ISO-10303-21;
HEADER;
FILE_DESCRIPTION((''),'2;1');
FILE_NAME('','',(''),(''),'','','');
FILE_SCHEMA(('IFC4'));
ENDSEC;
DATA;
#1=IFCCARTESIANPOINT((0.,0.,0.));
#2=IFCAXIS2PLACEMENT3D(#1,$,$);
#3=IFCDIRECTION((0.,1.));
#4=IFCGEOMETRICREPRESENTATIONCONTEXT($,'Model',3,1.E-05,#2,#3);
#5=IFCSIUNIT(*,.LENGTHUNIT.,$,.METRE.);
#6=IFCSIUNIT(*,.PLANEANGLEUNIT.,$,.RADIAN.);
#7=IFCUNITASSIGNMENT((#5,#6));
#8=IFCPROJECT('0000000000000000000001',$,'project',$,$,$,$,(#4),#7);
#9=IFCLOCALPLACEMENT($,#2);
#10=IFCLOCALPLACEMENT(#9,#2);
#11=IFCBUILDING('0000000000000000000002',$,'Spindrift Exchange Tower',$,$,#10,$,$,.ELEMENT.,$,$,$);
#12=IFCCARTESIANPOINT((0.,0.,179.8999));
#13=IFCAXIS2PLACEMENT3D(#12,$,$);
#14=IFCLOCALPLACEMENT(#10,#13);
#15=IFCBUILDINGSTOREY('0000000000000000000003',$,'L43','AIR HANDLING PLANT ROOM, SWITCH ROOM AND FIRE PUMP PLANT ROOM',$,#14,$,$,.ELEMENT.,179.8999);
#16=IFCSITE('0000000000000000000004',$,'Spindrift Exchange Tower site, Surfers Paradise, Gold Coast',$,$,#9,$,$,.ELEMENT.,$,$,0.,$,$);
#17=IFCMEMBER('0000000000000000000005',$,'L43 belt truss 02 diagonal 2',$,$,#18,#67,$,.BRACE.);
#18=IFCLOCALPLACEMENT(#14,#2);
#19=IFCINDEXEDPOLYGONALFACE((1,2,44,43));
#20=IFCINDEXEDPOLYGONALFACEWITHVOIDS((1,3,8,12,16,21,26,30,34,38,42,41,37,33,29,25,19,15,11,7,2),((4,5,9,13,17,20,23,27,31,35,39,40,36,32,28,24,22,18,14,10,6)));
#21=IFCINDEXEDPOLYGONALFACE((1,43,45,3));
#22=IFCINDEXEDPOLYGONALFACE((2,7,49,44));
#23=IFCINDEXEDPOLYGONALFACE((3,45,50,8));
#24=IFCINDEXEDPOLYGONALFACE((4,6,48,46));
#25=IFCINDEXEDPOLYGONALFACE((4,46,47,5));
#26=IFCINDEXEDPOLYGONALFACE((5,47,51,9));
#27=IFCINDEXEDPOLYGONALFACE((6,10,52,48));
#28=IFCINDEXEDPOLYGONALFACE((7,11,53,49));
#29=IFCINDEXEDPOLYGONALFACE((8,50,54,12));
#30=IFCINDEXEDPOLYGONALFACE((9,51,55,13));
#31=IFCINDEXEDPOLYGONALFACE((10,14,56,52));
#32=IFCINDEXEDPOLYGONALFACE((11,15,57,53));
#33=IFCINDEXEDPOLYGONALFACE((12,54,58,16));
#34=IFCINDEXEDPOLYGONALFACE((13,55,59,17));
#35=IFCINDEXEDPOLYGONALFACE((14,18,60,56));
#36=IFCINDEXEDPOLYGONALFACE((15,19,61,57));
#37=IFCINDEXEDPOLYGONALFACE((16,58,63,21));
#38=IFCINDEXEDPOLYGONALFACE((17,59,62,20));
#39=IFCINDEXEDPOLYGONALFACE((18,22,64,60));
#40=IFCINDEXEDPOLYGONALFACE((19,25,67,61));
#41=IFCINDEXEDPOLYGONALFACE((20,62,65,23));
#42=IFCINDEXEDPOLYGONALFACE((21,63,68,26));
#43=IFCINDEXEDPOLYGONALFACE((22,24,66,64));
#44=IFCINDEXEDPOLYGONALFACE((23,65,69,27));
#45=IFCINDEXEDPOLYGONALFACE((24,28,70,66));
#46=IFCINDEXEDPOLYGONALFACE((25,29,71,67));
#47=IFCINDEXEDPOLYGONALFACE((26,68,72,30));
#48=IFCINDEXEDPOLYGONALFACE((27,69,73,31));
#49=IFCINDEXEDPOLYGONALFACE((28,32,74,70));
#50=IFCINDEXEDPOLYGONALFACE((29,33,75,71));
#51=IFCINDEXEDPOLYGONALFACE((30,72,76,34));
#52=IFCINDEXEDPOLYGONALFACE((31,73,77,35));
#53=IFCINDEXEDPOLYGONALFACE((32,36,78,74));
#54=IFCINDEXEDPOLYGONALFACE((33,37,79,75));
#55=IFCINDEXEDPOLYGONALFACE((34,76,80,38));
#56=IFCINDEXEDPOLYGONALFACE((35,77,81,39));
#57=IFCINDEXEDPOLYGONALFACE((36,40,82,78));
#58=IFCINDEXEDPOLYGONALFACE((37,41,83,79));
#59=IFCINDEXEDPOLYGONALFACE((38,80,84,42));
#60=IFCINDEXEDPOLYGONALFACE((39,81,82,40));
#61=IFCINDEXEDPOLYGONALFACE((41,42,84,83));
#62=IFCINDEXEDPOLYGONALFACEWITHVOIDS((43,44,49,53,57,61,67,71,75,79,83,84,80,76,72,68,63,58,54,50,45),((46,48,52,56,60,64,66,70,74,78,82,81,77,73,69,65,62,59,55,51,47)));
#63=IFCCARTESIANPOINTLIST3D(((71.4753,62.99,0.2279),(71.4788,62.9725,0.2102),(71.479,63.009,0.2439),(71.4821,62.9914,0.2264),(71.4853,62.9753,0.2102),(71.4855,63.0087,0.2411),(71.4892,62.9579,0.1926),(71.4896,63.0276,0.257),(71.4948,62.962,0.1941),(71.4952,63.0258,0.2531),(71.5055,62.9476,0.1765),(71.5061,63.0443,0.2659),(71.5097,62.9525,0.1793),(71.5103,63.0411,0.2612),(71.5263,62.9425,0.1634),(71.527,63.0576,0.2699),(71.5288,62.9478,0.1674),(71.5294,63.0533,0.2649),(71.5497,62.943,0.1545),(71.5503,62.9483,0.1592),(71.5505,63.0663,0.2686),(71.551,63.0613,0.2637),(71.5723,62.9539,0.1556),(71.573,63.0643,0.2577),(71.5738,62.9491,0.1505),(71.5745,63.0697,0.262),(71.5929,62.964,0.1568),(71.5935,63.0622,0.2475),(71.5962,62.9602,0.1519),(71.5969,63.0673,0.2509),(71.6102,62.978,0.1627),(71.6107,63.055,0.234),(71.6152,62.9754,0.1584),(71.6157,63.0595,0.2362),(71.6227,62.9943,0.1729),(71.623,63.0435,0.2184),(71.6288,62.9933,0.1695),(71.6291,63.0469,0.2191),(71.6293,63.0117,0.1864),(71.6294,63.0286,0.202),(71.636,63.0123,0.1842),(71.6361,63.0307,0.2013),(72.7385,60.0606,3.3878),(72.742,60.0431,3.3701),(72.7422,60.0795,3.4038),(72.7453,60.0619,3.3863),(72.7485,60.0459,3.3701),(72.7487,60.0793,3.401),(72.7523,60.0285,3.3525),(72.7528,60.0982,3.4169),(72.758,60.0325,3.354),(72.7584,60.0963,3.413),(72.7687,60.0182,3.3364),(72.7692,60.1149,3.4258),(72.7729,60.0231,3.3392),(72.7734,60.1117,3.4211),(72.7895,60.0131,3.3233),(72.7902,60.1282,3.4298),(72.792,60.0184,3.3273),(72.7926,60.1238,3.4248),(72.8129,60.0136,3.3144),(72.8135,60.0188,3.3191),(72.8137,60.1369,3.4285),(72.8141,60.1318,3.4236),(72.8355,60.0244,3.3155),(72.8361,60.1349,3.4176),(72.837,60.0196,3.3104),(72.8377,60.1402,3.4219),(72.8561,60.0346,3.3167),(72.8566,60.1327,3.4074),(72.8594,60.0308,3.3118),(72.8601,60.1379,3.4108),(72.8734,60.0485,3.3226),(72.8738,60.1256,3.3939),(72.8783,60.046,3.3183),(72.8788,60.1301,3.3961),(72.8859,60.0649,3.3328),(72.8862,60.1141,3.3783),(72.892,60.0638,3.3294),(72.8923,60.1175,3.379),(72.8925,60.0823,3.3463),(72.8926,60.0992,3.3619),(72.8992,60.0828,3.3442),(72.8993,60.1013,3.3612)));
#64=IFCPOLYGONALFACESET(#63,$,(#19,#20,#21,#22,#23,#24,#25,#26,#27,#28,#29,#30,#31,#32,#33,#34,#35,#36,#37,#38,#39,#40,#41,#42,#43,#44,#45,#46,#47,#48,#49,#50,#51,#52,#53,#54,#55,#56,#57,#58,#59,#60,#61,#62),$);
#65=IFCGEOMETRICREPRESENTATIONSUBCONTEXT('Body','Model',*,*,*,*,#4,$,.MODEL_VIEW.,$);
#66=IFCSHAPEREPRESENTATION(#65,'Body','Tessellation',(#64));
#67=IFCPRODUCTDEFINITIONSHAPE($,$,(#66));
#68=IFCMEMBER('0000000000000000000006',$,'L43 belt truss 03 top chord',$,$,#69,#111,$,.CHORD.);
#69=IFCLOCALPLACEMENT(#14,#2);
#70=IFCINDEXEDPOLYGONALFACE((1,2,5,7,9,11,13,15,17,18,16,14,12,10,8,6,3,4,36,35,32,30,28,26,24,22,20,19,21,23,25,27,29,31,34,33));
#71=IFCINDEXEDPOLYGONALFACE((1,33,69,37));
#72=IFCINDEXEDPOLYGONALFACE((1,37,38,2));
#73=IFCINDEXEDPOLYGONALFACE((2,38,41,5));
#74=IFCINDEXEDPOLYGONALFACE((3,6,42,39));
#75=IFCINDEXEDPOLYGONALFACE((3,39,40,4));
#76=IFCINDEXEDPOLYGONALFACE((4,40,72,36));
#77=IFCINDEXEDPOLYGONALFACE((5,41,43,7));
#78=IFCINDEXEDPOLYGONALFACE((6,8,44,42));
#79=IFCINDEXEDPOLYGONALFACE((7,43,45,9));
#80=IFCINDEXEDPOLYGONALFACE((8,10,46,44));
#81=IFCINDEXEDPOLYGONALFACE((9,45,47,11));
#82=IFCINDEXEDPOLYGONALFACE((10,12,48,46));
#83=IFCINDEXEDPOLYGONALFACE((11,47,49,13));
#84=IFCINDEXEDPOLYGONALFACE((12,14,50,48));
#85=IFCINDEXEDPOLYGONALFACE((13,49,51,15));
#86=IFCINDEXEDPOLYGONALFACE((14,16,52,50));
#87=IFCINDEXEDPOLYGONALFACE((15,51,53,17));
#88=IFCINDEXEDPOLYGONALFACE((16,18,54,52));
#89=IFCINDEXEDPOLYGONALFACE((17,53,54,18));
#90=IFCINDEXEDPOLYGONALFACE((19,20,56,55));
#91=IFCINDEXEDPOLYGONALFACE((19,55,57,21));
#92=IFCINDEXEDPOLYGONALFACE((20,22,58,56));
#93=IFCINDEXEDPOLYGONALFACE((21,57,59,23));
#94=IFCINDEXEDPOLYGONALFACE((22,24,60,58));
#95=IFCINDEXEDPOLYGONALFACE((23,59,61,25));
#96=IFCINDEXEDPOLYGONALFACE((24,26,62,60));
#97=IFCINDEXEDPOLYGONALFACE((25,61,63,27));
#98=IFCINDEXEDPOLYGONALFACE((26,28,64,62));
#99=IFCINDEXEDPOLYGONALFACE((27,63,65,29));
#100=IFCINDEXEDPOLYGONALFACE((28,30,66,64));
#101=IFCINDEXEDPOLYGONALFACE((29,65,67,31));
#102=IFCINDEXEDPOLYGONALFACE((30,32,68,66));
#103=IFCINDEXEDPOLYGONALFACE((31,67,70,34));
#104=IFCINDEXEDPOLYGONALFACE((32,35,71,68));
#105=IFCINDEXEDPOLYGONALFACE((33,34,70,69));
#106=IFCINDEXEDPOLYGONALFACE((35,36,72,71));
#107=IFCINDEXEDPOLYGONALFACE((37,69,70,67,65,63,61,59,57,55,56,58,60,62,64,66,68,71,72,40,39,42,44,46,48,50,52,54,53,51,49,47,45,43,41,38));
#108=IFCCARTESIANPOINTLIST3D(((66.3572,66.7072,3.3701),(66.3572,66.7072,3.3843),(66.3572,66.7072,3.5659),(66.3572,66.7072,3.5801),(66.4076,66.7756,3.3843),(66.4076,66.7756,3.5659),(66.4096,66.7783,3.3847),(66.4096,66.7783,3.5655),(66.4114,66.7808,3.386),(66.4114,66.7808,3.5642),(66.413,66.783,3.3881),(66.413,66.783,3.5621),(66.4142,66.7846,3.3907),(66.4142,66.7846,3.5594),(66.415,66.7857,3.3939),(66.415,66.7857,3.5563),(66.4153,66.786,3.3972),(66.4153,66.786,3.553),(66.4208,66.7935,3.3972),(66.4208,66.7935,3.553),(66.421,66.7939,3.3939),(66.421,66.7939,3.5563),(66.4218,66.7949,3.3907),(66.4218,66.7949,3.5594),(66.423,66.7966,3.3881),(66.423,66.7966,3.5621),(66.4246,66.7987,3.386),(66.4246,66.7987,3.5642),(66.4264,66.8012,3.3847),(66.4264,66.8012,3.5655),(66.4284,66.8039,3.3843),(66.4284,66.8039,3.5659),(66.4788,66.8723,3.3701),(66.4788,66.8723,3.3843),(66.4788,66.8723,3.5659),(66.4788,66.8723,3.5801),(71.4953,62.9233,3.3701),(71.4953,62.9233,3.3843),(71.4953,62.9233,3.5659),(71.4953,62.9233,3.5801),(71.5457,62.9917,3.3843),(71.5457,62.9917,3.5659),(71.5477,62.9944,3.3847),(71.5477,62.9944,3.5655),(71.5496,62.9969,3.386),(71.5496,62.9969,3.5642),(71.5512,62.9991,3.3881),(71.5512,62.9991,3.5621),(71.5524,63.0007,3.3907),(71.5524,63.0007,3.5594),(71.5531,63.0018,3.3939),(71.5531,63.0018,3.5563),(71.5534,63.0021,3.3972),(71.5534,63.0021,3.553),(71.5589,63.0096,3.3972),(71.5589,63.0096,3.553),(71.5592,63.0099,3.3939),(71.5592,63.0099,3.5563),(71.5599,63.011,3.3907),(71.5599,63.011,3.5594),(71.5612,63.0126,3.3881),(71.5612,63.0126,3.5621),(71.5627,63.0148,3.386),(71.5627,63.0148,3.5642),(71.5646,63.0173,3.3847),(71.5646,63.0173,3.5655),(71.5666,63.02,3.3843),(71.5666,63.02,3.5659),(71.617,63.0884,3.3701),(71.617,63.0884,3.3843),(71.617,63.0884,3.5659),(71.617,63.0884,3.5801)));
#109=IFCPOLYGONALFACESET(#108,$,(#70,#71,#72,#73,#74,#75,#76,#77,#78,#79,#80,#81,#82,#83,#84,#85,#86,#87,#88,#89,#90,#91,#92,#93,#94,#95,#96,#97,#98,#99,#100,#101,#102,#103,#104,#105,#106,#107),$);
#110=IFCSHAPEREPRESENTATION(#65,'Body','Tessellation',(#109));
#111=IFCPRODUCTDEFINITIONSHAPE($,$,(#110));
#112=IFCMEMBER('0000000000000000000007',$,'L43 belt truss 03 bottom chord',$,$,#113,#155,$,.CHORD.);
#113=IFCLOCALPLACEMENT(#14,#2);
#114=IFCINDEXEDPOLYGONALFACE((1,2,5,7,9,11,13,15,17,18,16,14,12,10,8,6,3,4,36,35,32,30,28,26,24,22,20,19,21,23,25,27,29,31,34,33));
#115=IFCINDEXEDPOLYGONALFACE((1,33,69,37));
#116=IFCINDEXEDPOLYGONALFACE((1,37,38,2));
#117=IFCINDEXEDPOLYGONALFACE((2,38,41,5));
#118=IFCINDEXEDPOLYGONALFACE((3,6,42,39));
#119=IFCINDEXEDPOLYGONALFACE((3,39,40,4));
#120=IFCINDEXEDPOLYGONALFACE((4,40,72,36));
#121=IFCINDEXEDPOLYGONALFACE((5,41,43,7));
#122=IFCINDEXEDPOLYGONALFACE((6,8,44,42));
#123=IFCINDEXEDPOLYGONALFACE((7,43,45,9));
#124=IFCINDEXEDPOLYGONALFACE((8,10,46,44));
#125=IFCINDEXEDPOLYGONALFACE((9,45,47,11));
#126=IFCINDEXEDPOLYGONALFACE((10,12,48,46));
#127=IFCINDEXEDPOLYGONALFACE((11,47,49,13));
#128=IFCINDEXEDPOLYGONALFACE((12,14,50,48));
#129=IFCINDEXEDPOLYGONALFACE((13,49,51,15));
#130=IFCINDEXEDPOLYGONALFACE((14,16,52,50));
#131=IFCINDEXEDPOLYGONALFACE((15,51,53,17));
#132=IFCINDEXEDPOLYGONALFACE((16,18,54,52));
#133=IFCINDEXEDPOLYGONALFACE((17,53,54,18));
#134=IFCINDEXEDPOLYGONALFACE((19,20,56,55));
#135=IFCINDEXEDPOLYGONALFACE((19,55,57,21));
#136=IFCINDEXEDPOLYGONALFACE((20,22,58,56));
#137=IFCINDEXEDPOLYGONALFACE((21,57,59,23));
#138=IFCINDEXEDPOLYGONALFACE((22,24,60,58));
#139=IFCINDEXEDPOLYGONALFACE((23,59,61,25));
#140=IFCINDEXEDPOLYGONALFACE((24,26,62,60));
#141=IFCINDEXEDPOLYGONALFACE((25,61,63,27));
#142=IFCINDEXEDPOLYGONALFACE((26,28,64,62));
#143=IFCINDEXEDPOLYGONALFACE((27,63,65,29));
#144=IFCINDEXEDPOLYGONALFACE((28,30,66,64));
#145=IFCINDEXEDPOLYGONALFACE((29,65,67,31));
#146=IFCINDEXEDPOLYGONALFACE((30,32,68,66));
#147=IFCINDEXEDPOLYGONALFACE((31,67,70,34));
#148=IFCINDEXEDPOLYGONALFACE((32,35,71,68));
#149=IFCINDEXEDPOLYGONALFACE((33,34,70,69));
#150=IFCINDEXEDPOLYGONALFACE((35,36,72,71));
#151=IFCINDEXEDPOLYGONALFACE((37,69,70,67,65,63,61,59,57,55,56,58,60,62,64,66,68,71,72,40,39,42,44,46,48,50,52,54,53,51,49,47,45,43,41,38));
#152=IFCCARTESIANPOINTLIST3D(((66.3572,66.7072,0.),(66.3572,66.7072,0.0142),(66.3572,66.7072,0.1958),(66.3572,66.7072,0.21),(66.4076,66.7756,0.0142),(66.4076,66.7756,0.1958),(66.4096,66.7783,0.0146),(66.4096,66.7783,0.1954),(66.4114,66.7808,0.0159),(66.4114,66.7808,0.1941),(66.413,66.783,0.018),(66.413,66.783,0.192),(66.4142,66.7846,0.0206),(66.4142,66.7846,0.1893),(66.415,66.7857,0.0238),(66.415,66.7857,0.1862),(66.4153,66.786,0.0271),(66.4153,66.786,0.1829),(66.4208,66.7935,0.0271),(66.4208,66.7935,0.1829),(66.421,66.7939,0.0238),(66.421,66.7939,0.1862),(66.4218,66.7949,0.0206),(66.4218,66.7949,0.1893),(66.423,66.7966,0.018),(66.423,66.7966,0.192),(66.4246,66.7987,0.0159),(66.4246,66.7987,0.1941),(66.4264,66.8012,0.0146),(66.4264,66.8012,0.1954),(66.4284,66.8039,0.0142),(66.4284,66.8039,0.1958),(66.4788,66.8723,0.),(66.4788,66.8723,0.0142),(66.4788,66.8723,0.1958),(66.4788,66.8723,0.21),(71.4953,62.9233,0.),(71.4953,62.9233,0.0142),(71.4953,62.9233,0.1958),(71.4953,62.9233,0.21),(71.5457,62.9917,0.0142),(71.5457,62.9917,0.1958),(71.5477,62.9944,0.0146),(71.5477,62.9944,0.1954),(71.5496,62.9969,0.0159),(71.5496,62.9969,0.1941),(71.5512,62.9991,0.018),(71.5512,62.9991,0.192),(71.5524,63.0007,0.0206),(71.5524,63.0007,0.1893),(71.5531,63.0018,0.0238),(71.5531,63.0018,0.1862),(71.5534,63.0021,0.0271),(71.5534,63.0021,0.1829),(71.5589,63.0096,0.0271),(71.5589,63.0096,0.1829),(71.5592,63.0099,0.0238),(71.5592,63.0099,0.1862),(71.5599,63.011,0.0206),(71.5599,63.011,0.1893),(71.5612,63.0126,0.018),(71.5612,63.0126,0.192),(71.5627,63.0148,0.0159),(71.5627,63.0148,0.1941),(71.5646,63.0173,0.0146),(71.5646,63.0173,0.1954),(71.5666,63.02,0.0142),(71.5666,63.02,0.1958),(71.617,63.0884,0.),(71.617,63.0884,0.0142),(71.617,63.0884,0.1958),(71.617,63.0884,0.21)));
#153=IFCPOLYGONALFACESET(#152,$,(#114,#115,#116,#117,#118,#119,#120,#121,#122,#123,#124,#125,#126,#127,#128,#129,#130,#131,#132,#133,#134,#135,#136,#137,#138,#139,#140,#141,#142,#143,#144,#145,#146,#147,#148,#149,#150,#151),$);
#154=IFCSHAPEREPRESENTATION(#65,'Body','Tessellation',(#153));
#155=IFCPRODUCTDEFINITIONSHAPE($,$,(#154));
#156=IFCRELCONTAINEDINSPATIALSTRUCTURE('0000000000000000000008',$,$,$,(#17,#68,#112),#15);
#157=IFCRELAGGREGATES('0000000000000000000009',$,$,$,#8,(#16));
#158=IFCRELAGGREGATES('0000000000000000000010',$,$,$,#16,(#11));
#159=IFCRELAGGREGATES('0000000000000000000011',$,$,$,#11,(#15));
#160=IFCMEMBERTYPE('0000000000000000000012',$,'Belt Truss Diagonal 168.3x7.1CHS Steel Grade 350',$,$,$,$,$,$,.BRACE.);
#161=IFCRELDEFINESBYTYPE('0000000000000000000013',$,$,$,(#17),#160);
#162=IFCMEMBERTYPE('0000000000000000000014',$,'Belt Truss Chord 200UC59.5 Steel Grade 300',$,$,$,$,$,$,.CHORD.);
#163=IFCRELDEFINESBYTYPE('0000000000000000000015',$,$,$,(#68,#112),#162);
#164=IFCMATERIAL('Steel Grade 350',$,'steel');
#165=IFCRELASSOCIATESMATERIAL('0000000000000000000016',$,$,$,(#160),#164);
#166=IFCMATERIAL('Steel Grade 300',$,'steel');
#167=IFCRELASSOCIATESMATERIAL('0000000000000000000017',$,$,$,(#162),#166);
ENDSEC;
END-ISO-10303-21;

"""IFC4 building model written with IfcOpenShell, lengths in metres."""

from ifc_helpers import new_model, si_unit, direction, frame, origin, origin_2d, place, context, subcontext, project, spatial, hollow_circle, i_section, extrude, source, transform, mapped, material, material_profile, profile_set, type_object, element, save


model = new_model("IFC4")

# Units and contexts
model_context = context("Model", 3, precision=1e-05, world=origin(), true_north=direction((0.0, 1.0)))
body_context = subcontext(model_context, "Body", "Model", "MODEL_VIEW")
ifc_project = project(units=[si_unit("LENGTHUNIT", "METRE"), si_unit("PLANEANGLEUNIT", "RADIAN")], contexts=[model_context])

# Site, building, storey
site_placement = place(None, origin())
site = spatial("IfcSite", under=ifc_project, at=site_placement, Name="Spindrift Exchange Tower site, Surfers Paradise, Gold Coast", CompositionType="ELEMENT", RefElevation=0.0)
building_placement = place(site_placement, origin())
building = spatial("IfcBuilding", under=site, at=building_placement, Name="Spindrift Exchange Tower", CompositionType="ELEMENT")
storey_placement = place(building_placement, frame((0.0, 0.0, 179.8999)))
storey = spatial("IfcBuildingStorey", under=building, at=storey_placement, Name="L43", Description="AIR HANDLING PLANT ROOM, SWITCH ROOM AND FIRE PUMP PLANT ROOM", CompositionType="ELEMENT", Elevation=179.8999)

# Shared definitions
ifc_material_1 = material(Name="Steel Grade 300", Category="steel")

# Members
ifc_material_2 = material(Name="Steel Grade 350", Category="steel")
ifc_material_profile_1 = material_profile(ifc_material_2, hollow_circle(Radius=0.0842, WallThickness=0.0071, at=origin_2d()), Name="168.3x7.1CHS")
ifc_profile_set_1 = profile_set([ifc_material_profile_1], Name="Steel Grade 350")
member_type_1 = type_object("IfcMemberType", Name="Belt Truss Diagonal 168.3x7.1CHS Steel Grade 350", PredefinedType="BRACE", material=ifc_profile_set_1)
shared_shape_1 = source(origin(), body_context, "Body", "SweptSolid", [
    extrude(hollow_circle(Radius=0.0842, WallThickness=0.0071, at=origin_2d()), origin(), (0.0, 0.0, 1.0), 4.4902),
])
member_1_placement = place(storey_placement, frame((72.8193, 60.0764, 3.3701), z_axis=(-0.281317, 0.652401, -0.703728), x_axis=(-0.918268, -0.39596, 0.0)))
element("IfcMember", 1, at=member_1_placement, inside=storey, type_object=member_type_1, Name="L43 belt truss 02 diagonal 2", PredefinedType="BRACE", context=body_context, shape_type="MappedRepresentation", body=[
    mapped(shared_shape_1, transform((0.0, 0.0, 0.0), scale=1.0)),
])
ifc_material_profile_2 = material_profile(ifc_material_1, i_section(OverallWidth=0.2051, OverallDepth=0.21, WebThickness=0.0093, FlangeThickness=0.0142, FilletRadius=0.0129, at=origin_2d()), Name="200UC59.5")
ifc_profile_set_2 = profile_set([ifc_material_profile_2], Name="Steel Grade 300")
member_type_2 = type_object("IfcMemberType", Name="Belt Truss Chord 200UC59.5 Steel Grade 300", PredefinedType="CHORD", material=ifc_profile_set_2)
shared_shape_2 = source(origin(), body_context, "Body", "SweptSolid", [
    extrude(i_section(OverallWidth=0.2051, OverallDepth=0.21, WebThickness=0.0093, FlangeThickness=0.0142, FilletRadius=0.0129, at=origin_2d()), origin(), (0.0, 0.0, 1.0), 6.3811),
])
for number, where, z_axis, x_axis, name in (
    (2, (71.5562, 63.0059, 3.4751), (-0.805213, 0.592986, 0.0), (-0.592986, -0.805213, 0.0), "L43 belt truss 03 top chord"),
    (3, (71.5562, 63.0059, 0.105), (-0.805213, 0.592986, 0.0), (-0.592986, -0.805213, 0.0), "L43 belt truss 03 bottom chord"),
):
    element("IfcMember", number, at=place(storey_placement, frame(where, z_axis=z_axis, x_axis=x_axis)), inside=storey, type_object=member_type_2, Name=name, PredefinedType="CHORD", context=body_context, shape_type="MappedRepresentation", body=[
        mapped(shared_shape_2, transform((0.0, 0.0, 0.0), scale=1.0)),
    ])

save(model, "model.ifc")
